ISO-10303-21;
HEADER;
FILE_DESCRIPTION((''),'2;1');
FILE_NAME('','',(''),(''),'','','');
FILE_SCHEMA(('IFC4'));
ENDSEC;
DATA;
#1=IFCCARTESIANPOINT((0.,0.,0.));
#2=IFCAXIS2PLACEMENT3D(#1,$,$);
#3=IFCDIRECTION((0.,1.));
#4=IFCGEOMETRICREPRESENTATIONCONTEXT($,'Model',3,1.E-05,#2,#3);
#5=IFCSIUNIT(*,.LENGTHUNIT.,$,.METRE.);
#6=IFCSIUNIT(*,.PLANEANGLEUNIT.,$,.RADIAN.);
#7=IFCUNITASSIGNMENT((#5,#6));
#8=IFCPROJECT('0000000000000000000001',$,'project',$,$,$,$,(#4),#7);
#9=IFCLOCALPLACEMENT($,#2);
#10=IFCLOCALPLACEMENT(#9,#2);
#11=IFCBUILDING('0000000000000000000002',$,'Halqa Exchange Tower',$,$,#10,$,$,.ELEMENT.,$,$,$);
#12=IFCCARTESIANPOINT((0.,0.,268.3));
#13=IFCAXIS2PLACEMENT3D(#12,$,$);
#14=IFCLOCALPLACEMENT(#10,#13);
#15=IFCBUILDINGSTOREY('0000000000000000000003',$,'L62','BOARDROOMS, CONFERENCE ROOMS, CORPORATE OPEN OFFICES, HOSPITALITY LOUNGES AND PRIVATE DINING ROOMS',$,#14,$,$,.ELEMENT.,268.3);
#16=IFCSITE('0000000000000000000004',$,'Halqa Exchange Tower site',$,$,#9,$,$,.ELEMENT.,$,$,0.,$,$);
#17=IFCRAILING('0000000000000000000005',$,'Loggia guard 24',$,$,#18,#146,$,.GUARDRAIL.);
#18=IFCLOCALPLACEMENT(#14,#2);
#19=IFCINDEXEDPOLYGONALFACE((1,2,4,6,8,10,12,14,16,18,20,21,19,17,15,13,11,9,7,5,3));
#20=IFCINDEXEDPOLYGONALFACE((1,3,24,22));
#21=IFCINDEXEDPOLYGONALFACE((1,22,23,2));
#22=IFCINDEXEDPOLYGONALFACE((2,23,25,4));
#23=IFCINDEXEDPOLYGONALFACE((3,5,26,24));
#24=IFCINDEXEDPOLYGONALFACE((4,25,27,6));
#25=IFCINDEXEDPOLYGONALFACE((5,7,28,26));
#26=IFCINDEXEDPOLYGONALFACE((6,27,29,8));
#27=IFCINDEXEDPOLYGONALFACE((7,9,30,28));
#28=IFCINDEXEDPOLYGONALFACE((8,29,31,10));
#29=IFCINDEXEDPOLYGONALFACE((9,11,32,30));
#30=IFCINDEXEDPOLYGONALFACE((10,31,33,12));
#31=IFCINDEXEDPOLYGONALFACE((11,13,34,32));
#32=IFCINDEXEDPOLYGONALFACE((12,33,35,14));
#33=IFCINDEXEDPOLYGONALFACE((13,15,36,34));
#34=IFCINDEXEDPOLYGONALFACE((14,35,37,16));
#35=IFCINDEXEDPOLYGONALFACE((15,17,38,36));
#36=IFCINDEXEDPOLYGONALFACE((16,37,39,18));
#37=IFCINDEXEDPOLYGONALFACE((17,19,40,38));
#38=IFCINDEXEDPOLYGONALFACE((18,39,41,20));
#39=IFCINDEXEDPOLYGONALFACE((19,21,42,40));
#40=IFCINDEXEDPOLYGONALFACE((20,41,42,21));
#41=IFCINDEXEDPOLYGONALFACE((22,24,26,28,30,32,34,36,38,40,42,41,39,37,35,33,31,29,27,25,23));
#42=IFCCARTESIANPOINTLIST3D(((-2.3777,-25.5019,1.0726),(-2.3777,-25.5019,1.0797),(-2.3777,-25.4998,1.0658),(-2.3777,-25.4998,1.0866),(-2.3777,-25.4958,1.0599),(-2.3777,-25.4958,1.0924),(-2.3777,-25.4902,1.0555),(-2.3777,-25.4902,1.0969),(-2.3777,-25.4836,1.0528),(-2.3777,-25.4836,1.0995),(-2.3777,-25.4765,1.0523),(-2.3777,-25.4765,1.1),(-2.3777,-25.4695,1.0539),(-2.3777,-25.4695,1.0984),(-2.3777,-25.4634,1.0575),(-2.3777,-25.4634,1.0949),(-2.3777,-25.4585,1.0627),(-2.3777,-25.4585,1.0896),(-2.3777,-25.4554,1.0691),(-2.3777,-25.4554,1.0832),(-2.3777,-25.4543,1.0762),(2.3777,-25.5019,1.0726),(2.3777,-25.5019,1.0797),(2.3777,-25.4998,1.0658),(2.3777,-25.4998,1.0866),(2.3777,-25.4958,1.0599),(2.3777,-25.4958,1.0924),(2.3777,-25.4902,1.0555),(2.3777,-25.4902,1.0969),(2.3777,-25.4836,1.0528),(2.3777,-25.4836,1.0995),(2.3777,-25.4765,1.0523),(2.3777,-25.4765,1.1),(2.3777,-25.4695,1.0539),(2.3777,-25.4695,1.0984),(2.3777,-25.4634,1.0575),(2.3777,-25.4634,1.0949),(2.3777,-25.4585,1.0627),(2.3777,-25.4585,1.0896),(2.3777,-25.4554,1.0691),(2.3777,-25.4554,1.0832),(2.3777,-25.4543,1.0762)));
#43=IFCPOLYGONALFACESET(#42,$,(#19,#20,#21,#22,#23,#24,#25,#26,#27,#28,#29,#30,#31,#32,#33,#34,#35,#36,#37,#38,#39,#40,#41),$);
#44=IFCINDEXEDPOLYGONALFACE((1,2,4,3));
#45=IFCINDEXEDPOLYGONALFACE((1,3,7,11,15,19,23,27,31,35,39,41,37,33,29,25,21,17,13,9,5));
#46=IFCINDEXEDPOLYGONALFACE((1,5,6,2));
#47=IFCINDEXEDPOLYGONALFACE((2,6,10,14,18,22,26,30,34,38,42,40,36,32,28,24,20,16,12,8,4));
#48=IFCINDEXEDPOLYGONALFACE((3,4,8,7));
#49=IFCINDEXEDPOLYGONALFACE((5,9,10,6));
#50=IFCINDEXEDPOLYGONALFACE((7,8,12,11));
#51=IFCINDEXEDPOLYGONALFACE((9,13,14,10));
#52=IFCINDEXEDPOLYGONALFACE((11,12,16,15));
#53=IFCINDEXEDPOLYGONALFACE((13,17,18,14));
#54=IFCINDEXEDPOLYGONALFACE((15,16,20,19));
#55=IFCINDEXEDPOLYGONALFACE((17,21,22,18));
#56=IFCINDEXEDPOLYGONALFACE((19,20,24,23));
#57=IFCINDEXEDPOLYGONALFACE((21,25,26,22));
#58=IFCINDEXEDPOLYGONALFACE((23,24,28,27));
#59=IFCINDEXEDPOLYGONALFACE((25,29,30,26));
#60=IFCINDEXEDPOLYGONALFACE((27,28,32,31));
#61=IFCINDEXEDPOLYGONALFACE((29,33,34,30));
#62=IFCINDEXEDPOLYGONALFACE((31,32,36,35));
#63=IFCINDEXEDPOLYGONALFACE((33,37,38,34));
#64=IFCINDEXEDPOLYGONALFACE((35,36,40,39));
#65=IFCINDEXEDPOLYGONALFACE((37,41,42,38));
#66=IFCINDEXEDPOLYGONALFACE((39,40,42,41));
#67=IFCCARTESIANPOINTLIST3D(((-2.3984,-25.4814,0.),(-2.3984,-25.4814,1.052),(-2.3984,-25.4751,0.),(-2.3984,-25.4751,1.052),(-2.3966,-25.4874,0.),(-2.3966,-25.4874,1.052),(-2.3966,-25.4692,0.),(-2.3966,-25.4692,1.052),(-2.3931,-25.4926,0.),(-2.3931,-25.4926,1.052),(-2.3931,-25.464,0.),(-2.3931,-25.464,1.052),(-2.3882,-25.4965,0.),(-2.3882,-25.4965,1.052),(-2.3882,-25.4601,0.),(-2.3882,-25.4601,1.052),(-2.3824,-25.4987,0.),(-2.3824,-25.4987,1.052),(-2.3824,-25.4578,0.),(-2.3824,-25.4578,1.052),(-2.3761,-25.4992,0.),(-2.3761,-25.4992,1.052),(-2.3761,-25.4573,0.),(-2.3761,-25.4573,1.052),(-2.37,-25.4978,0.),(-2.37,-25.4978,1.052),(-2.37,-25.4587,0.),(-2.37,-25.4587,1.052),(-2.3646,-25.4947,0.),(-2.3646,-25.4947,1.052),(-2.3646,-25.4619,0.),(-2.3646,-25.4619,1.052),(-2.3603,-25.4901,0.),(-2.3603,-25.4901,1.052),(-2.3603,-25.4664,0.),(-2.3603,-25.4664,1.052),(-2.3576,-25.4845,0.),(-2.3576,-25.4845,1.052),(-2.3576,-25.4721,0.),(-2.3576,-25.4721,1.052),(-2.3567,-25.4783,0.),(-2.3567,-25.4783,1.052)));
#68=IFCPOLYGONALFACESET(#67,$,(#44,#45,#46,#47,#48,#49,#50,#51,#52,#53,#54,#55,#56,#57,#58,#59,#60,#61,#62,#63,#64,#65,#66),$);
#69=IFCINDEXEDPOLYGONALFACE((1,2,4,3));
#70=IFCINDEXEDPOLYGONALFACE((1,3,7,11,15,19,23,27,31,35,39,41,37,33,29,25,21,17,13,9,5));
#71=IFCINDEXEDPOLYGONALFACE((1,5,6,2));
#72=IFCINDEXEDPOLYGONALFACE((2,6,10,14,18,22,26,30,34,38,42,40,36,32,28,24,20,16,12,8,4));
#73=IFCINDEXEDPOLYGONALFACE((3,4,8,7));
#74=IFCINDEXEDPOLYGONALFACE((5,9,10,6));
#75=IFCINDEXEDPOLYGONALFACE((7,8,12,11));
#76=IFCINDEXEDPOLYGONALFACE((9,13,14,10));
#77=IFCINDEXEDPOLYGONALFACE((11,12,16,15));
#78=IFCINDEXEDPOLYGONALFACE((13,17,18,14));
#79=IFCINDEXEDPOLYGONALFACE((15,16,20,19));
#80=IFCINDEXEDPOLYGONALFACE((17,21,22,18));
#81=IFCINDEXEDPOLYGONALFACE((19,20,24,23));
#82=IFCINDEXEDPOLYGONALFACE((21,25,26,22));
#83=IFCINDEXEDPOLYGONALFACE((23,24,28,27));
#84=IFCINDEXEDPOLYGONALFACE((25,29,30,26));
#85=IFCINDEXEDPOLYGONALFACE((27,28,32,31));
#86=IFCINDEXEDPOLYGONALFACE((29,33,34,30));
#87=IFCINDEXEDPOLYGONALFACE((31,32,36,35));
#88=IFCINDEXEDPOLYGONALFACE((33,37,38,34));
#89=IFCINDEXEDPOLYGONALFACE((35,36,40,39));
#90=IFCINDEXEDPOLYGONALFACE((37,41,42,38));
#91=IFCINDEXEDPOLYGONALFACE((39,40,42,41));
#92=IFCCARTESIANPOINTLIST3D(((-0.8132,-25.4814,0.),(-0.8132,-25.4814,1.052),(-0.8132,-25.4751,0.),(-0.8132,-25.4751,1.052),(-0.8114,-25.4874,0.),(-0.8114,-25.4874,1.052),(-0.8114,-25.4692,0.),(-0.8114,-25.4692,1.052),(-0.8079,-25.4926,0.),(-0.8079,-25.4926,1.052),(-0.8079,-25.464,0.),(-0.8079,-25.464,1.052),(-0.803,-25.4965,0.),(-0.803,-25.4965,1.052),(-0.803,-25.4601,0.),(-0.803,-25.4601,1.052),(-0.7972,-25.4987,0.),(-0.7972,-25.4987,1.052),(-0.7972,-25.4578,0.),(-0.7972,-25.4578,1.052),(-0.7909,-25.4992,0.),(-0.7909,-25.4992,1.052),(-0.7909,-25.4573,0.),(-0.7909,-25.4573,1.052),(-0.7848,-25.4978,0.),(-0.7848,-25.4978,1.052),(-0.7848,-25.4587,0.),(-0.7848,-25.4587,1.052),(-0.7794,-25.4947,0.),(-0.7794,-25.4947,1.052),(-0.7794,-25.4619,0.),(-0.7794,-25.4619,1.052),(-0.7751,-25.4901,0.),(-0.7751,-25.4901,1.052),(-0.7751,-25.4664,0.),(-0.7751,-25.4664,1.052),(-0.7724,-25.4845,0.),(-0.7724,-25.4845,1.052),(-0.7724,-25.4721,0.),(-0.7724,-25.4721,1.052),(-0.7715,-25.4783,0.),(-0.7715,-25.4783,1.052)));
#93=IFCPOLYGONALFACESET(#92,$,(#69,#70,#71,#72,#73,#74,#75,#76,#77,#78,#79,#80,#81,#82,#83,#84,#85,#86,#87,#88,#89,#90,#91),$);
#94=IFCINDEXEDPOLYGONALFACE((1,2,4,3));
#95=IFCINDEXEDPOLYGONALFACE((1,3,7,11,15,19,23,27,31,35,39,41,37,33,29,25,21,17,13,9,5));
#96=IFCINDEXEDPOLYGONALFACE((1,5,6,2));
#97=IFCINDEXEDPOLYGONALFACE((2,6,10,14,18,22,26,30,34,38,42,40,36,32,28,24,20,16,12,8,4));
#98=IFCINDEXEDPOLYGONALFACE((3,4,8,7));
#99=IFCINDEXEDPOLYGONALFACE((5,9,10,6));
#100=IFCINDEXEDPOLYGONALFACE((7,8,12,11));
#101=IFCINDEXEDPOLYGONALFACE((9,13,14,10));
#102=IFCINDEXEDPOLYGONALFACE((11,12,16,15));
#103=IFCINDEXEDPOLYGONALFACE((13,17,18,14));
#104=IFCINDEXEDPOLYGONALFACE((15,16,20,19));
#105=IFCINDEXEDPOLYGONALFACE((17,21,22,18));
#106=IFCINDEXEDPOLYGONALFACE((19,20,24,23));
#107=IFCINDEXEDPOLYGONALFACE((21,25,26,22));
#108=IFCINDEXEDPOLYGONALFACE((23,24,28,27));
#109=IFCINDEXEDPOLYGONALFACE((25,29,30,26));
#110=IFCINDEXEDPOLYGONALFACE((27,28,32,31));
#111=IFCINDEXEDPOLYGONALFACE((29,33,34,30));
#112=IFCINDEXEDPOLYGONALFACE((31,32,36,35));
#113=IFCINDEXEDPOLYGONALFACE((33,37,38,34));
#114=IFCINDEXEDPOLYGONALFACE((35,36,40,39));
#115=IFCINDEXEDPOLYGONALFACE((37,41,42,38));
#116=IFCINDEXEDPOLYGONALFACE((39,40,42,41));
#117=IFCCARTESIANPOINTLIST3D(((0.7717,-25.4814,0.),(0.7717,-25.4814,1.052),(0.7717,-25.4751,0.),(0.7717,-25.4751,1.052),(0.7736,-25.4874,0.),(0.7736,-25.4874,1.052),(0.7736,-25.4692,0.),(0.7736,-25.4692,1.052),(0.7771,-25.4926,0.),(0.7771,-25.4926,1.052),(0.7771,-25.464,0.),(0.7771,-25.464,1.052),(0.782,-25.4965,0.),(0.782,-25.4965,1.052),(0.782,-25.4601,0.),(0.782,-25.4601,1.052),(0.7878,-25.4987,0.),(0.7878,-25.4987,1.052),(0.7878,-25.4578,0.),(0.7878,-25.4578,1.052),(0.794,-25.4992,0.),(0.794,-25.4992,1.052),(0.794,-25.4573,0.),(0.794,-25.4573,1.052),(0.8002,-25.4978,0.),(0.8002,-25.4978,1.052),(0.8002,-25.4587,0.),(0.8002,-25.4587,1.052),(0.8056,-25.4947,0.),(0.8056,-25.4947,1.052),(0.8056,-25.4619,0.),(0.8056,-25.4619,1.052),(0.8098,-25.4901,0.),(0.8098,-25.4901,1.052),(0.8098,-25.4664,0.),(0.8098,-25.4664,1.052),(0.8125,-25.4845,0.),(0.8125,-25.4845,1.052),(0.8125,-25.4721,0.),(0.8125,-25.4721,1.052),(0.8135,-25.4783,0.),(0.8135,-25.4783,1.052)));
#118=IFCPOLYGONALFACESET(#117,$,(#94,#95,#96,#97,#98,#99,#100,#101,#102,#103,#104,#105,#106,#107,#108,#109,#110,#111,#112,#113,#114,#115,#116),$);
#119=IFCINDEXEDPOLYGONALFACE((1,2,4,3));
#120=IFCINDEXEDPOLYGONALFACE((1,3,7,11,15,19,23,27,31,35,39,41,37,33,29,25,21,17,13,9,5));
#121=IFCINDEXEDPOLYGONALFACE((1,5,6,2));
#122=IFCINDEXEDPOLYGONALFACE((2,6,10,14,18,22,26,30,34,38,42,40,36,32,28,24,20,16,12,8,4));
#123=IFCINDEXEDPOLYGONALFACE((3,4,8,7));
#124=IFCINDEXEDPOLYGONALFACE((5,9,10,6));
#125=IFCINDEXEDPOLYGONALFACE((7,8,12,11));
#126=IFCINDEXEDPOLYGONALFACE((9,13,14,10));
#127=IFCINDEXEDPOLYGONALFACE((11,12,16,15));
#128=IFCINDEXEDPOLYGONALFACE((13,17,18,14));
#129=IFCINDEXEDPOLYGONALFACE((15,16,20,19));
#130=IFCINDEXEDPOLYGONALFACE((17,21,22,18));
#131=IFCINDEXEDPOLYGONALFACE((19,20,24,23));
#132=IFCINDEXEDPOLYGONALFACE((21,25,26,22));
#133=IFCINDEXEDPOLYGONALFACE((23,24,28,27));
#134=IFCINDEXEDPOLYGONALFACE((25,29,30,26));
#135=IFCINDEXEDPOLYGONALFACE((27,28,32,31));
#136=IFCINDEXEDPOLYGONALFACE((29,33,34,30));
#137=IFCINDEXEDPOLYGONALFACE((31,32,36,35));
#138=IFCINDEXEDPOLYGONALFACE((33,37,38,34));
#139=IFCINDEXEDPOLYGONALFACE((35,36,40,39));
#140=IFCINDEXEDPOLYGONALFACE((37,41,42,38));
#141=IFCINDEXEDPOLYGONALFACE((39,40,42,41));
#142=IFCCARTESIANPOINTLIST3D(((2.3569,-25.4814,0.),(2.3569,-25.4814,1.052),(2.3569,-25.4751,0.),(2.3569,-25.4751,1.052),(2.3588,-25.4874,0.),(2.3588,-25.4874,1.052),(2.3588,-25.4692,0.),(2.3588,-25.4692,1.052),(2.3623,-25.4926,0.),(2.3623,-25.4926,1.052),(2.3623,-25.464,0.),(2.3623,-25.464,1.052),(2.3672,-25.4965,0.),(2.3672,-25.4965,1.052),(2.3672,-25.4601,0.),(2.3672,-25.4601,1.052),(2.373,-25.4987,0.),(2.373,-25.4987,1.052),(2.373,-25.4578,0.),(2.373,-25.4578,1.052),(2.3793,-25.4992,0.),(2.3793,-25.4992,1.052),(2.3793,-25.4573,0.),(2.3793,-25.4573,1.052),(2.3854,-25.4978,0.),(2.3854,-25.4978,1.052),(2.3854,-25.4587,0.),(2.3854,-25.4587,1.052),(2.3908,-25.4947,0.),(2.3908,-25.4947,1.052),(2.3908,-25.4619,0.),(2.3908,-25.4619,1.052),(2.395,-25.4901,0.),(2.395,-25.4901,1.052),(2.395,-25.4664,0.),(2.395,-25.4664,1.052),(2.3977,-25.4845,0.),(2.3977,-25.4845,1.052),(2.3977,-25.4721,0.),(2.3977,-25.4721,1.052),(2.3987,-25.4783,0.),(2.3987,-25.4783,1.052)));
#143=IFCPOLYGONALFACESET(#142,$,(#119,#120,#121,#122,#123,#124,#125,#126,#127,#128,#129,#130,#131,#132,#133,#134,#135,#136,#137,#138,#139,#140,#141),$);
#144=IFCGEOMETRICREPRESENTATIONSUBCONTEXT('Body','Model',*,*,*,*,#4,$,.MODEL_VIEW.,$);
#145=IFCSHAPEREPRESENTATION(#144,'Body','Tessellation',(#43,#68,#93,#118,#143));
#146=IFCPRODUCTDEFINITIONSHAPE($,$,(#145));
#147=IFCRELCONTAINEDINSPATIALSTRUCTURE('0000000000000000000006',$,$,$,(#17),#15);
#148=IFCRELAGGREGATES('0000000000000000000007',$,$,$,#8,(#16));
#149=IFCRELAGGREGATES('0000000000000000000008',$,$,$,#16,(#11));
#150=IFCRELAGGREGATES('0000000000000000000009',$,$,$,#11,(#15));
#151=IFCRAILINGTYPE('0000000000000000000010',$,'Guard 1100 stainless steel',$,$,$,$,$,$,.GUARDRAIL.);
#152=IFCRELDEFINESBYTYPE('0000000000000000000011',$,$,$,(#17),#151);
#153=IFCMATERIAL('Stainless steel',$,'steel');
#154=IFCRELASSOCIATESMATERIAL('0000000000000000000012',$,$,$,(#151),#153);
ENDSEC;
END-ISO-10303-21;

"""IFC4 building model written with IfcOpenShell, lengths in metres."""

from ifc_helpers import new_model, si_unit, direction, frame, origin, origin_2d, place, context, subcontext, project, spatial, circle, extrude, material, type_object, element, save


model = new_model("IFC4")

# Units and contexts
model_context = context("Model", 3, precision=1e-05, world=origin(), true_north=direction((0.0, 1.0)))
body_context = subcontext(model_context, "Body", "Model", "MODEL_VIEW")
ifc_project = project(units=[si_unit("LENGTHUNIT", "METRE"), si_unit("PLANEANGLEUNIT", "RADIAN")], contexts=[model_context])

# Site, building, storey
site_placement = place(None, origin())
site = spatial("IfcSite", under=ifc_project, at=site_placement, Name="Halqa Exchange Tower site", CompositionType="ELEMENT", RefElevation=0.0)
building_placement = place(site_placement, origin())
building = spatial("IfcBuilding", under=site, at=building_placement, Name="Halqa Exchange Tower", CompositionType="ELEMENT")
storey_placement = place(building_placement, frame((0.0, 0.0, 268.3)))
storey = spatial("IfcBuildingStorey", under=building, at=storey_placement, Name="L62", Description="BOARDROOMS, CONFERENCE ROOMS, CORPORATE OPEN OFFICES, HOSPITALITY LOUNGES AND PRIVATE DINING ROOMS", CompositionType="ELEMENT", Elevation=268.3)

# Railing
ifc_material_1 = material(Name="Stainless steel", Category="steel")
railing_type = type_object("IfcRailingType", Name="Guard 1100 stainless steel", PredefinedType="GUARDRAIL", material=ifc_material_1)
railing_1_placement = place(storey_placement, frame((-2.3777, -25.4783, 0.0)))
element("IfcRailing", 1, at=railing_1_placement, inside=storey, type_object=railing_type, Name="Loggia guard 24", PredefinedType="GUARDRAIL", context=body_context, shape_type="SweptSolid", body=[
    extrude(circle(Radius=0.0239, at=origin_2d()), frame((0.0, 0.0, 1.0762), z_axis=(1.0, 0.0, 0.0), x_axis=(0.0, 1.0, 0.0)), (0.0, 0.0, 1.0), 4.7554),
    extrude(circle(Radius=0.021, at=origin_2d()), origin(), (0.0, 0.0, 1.0), 1.052),
    extrude(circle(Radius=0.021, at=origin_2d()), frame((1.5852, 0.0, 0.0)), (0.0, 0.0, 1.0), 1.052),
    extrude(circle(Radius=0.021, at=origin_2d()), frame((3.1702, 0.0, 0.0)), (0.0, 0.0, 1.0), 1.052),
    extrude(circle(Radius=0.021, at=origin_2d()), frame((4.7554, 0.0, 0.0)), (0.0, 0.0, 1.0), 1.052),
])

save(model, "model.ifc")
